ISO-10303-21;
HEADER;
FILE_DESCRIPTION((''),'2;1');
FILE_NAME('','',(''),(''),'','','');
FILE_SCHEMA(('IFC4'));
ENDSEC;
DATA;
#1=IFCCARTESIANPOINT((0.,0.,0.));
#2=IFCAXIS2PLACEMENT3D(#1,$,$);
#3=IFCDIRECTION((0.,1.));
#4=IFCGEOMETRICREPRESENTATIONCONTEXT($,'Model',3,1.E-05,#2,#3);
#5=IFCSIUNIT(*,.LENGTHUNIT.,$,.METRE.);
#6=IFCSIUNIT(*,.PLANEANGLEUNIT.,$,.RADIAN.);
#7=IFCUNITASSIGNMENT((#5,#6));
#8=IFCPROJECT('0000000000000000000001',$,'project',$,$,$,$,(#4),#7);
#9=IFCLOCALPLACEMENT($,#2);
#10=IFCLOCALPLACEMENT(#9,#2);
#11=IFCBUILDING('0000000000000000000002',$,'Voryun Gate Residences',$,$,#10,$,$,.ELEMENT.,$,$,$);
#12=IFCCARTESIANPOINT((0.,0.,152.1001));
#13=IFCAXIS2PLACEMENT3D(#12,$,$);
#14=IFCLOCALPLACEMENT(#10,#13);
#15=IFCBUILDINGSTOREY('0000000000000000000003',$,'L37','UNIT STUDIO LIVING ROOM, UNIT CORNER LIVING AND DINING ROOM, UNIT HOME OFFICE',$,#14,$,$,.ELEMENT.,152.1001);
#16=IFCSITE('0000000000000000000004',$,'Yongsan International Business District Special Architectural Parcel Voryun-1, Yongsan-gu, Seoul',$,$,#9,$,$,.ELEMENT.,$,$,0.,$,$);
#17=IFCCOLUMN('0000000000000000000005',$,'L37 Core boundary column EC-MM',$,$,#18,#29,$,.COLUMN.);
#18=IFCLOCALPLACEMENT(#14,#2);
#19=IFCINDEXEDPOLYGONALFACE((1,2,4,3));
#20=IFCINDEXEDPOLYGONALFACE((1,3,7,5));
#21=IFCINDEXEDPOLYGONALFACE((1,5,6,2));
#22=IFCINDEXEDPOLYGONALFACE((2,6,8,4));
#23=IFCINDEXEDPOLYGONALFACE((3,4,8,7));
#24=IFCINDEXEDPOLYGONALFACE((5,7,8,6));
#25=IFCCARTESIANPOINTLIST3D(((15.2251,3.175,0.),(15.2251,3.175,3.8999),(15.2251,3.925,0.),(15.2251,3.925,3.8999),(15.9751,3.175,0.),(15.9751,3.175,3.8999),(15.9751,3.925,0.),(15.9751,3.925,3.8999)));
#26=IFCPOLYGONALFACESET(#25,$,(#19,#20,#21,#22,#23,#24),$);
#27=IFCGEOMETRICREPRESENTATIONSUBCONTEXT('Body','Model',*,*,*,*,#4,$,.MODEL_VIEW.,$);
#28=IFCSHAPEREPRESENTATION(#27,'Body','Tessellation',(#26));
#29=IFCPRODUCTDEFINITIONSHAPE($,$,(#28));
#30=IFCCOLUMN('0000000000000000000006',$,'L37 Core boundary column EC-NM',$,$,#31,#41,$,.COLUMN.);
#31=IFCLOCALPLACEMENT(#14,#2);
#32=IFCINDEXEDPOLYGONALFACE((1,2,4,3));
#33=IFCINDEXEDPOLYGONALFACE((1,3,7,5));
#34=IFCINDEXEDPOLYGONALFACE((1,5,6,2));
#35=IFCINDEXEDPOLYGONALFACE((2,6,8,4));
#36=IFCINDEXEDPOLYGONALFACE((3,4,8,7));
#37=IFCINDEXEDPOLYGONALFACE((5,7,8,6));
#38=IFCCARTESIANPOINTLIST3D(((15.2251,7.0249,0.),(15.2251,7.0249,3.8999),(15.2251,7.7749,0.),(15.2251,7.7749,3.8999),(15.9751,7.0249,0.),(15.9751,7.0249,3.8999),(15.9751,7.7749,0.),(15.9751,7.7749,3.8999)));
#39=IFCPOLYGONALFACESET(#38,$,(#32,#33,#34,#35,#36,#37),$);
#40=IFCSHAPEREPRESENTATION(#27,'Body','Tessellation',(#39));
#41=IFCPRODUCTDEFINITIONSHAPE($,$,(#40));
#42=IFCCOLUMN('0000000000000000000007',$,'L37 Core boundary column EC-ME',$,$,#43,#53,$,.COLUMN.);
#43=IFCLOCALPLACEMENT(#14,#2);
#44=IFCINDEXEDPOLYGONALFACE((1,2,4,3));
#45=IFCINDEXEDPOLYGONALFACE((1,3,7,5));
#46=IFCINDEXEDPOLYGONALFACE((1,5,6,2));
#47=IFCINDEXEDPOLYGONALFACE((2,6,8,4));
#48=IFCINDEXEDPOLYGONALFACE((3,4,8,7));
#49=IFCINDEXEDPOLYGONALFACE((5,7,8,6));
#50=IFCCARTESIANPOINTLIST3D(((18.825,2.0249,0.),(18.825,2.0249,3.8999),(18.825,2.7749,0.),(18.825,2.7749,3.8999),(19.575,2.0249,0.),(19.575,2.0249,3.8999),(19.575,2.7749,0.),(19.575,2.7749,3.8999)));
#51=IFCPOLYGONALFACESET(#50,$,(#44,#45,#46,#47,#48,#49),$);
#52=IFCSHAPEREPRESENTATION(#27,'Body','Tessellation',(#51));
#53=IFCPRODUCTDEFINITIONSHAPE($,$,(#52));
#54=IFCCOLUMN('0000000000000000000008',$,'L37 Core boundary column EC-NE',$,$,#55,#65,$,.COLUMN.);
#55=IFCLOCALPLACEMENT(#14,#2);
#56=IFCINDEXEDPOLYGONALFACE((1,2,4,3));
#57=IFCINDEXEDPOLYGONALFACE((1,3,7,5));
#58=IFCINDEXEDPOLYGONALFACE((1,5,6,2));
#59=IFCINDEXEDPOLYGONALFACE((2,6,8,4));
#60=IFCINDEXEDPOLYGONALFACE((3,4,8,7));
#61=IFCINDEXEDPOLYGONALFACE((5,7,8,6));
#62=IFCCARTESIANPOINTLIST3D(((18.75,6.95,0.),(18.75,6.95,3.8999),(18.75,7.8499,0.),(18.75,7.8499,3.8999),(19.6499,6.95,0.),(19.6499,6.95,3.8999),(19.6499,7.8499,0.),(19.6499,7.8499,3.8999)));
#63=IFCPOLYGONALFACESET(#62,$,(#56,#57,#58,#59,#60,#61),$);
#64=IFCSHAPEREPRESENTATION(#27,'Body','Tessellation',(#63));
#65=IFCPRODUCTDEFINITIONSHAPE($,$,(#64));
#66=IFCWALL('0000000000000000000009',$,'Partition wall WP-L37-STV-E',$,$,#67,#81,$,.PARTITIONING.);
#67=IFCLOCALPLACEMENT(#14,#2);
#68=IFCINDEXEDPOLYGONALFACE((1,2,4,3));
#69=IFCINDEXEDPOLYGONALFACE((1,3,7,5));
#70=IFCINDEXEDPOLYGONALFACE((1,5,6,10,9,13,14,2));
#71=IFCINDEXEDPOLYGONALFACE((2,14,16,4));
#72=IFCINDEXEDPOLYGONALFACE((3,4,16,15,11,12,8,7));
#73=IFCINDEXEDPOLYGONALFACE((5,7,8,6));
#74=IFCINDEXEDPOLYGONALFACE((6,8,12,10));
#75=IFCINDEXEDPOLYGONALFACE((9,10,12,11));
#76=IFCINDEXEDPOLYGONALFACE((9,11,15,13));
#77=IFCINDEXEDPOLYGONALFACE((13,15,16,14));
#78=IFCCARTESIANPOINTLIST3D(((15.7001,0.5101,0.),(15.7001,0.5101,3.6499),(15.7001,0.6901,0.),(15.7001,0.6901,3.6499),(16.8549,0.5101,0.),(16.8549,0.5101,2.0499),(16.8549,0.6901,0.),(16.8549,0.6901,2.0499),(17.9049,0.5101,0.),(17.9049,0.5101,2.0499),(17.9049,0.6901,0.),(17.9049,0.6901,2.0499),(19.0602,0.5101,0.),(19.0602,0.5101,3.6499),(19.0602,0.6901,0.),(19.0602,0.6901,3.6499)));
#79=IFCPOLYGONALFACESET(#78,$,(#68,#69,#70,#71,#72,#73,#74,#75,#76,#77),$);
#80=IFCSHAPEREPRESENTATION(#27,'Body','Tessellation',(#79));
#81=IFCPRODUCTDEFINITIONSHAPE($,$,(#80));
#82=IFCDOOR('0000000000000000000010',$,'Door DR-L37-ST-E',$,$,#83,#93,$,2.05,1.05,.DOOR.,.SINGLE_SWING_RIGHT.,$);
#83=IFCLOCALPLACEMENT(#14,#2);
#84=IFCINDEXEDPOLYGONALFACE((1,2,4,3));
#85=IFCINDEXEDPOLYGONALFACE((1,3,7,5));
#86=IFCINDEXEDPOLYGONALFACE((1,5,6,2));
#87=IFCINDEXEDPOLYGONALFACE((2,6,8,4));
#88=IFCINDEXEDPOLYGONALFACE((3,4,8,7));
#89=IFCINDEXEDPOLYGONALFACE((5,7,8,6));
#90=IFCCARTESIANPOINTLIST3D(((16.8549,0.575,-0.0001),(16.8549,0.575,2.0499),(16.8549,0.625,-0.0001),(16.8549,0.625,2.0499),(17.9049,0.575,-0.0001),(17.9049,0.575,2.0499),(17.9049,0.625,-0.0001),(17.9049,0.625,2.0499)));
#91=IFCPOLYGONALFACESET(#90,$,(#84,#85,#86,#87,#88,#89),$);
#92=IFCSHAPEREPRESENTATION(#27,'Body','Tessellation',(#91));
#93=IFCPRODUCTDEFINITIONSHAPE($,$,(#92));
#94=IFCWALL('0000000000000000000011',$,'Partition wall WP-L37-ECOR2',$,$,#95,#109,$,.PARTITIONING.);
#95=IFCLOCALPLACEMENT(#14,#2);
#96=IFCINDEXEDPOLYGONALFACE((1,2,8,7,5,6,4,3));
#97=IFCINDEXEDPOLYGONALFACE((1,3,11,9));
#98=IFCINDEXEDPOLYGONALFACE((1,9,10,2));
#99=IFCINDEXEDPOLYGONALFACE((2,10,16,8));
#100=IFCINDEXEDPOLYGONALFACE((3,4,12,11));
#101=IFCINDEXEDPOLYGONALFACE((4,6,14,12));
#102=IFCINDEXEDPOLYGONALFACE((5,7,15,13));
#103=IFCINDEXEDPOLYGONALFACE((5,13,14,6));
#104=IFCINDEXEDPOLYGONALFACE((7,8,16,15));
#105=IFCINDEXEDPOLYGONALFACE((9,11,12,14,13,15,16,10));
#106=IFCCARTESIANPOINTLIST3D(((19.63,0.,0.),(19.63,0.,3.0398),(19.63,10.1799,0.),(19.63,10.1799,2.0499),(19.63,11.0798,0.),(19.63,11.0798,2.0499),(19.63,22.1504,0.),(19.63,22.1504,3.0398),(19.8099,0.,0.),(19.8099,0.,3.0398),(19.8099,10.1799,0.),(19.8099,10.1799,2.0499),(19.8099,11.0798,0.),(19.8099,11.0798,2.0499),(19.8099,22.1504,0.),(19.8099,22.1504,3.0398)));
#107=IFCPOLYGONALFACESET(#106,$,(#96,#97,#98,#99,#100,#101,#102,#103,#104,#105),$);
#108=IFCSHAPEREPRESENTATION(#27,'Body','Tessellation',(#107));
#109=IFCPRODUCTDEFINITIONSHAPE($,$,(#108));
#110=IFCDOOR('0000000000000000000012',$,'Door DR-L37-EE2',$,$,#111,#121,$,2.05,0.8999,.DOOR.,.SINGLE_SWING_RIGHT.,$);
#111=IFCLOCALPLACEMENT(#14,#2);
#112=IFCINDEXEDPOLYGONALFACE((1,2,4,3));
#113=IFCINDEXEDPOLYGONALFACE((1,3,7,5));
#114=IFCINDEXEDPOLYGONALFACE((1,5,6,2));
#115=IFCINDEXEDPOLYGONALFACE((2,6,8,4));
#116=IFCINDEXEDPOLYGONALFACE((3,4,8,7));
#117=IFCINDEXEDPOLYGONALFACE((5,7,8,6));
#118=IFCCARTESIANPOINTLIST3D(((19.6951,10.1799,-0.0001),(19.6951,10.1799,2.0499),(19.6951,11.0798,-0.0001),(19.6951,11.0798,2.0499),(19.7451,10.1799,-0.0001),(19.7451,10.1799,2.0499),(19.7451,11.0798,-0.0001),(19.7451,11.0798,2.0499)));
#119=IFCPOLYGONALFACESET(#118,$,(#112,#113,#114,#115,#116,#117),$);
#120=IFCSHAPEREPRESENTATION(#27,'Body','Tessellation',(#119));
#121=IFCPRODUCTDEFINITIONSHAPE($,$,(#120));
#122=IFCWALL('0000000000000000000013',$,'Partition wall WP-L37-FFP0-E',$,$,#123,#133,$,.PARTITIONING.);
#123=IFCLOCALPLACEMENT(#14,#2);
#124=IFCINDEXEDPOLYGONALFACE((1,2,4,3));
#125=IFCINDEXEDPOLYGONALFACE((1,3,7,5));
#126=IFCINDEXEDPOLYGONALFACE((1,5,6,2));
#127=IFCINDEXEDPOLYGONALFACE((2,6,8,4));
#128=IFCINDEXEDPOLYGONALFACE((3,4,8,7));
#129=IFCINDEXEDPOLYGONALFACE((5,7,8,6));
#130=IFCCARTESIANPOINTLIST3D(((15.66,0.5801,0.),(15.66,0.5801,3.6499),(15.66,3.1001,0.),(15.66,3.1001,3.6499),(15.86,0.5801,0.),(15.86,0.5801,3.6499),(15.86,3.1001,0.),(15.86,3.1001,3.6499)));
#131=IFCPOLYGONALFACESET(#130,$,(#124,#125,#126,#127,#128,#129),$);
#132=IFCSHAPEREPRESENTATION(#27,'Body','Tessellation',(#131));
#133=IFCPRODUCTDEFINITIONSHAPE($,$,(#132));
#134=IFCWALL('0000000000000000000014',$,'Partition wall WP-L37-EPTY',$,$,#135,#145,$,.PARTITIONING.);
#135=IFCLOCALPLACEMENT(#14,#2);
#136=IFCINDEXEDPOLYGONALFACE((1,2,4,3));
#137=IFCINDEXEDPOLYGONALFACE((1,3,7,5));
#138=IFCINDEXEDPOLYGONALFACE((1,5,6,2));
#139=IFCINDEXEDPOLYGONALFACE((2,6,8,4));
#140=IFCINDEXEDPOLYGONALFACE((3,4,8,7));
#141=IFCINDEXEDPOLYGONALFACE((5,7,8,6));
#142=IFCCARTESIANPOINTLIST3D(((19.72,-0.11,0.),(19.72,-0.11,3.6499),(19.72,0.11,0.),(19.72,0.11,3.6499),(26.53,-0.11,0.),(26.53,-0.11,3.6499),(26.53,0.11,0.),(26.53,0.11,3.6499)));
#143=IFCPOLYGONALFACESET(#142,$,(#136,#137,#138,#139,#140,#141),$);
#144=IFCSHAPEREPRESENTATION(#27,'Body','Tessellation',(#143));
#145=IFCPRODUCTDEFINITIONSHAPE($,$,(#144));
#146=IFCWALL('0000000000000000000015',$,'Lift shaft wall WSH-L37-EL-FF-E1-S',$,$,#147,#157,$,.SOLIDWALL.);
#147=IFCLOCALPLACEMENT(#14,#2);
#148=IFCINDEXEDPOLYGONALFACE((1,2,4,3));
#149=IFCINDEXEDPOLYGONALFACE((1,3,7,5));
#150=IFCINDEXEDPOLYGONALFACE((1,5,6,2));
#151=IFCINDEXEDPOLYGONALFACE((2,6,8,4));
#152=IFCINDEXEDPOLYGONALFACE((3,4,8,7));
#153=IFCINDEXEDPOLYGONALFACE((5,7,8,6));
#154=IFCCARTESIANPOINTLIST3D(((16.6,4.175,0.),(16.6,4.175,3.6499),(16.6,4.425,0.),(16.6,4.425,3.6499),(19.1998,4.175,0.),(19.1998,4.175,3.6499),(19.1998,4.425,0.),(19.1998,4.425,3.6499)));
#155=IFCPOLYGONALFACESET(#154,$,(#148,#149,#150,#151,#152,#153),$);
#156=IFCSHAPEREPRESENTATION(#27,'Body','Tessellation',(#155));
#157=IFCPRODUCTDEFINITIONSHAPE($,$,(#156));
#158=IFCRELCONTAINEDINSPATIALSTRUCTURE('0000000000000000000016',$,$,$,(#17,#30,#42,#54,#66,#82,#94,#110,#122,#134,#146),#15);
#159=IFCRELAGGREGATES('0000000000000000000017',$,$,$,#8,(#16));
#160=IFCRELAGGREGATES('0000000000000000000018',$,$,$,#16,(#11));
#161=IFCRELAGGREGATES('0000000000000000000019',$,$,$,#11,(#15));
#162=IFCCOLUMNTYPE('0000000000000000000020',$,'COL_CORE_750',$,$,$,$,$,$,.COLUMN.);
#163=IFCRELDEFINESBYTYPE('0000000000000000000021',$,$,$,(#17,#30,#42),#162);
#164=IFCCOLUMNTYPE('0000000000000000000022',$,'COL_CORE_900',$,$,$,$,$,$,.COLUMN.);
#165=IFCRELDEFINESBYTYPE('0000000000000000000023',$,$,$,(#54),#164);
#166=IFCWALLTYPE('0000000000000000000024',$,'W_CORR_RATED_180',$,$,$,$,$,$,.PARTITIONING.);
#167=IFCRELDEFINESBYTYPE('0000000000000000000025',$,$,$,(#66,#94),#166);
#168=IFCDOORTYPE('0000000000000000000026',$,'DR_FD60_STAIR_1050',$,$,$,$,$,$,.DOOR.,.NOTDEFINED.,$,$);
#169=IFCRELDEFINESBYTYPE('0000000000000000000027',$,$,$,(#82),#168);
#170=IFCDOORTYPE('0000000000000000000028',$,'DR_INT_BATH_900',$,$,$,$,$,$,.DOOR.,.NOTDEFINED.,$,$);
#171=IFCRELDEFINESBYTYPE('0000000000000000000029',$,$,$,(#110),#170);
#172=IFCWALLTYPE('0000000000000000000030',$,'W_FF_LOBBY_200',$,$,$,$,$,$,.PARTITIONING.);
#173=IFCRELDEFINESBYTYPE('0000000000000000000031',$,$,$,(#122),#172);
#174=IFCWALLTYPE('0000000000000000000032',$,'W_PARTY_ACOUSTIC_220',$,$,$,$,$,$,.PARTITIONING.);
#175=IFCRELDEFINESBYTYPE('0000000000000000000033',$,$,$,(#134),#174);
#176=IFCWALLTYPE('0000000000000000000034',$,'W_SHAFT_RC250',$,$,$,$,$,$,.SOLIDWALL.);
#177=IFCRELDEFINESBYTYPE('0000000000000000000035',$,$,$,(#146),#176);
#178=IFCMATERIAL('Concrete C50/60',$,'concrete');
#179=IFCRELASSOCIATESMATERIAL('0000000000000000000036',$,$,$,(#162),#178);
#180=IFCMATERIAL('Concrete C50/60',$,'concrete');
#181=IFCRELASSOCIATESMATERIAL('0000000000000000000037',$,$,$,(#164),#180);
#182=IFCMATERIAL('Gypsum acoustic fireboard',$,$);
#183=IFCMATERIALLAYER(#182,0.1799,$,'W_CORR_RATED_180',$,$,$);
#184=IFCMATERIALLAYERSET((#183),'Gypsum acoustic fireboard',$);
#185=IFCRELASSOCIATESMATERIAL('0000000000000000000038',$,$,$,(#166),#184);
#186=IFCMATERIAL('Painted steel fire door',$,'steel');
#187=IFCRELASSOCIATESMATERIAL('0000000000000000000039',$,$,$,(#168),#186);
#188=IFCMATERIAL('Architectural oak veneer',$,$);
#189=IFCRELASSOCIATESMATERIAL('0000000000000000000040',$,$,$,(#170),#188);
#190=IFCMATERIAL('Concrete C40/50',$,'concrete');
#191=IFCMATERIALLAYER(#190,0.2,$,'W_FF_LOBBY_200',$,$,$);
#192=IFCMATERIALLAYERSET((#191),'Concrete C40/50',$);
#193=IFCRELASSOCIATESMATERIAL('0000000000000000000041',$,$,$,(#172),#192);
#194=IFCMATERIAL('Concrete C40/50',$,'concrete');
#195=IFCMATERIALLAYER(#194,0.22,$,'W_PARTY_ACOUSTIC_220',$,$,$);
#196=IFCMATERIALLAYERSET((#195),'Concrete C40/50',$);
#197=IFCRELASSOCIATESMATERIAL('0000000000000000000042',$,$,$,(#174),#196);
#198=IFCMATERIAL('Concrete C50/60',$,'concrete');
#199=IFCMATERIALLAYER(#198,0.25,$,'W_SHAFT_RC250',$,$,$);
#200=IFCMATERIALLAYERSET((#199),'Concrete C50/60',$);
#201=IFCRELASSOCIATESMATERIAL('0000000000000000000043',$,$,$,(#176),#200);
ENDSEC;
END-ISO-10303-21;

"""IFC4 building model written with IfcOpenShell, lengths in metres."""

from ifc_helpers import new_model, si_unit, direction, frame, frame_2d, origin, origin_2d, place, context, subcontext, project, spatial, rectangle, extrude, material, layer, layer_set, material_profile, profile_set, type_object, element, fill, save


model = new_model("IFC4")

# Units and contexts
model_context = context("Model", 3, precision=1e-05, world=origin(), true_north=direction((0.0, 1.0)))
body_context = subcontext(model_context, "Body", "Model", "MODEL_VIEW")
ifc_project = project(units=[si_unit("LENGTHUNIT", "METRE"), si_unit("PLANEANGLEUNIT", "RADIAN")], contexts=[model_context])

# Site, building, storey
site_placement = place(None, origin())
site = spatial("IfcSite", under=ifc_project, at=site_placement, Name="Yongsan International Business District Special Architectural Parcel Voryun-1, Yongsan-gu, Seoul", CompositionType="ELEMENT", RefElevation=0.0)
building_placement = place(site_placement, origin())
building = spatial("IfcBuilding", under=site, at=building_placement, Name="Voryun Gate Residences", CompositionType="ELEMENT")
storey_placement = place(building_placement, frame((0.0, 0.0, 152.1001)))
storey = spatial("IfcBuildingStorey", under=building, at=storey_placement, Name="L37", Description="UNIT STUDIO LIVING ROOM, UNIT CORNER LIVING AND DINING ROOM, UNIT HOME OFFICE", CompositionType="ELEMENT", Elevation=152.1001)

# Columns
ifc_material_1 = material(Name="Concrete C50/60", Category="concrete")
ifc_material_profile_1 = material_profile(ifc_material_1, rectangle(XDim=0.75, YDim=0.75, at=origin_2d()), Name="RC-750x750")
ifc_profile_set_1 = profile_set([ifc_material_profile_1], Name="Concrete C50/60")
column_type_1 = type_object("IfcColumnType", Name="COL_CORE_750", PredefinedType="COLUMN", material=ifc_profile_set_1)
for number, where, z_axis, x_axis, name in (
    (1, (15.6001, 3.55, 0.0), (0.0, 0.0, 1.0), (1.0, 0.0, 0.0), "L37 Core boundary column EC-MM"),
    (2, (15.6001, 7.3999, 0.0), (0.0, 0.0, 1.0), (1.0, 0.0, 0.0), "L37 Core boundary column EC-NM"),
    (3, (19.2, 2.3999, 0.0), (0.0, 0.0, 1.0), (1.0, 0.0, 0.0), "L37 Core boundary column EC-ME"),
):
    element("IfcColumn", number, at=place(storey_placement, frame(where, z_axis=z_axis, x_axis=x_axis)), inside=storey, type_object=column_type_1, Name=name, PredefinedType="COLUMN", context=body_context, shape_type="SweptSolid", body=[
        extrude(rectangle(XDim=0.75, YDim=0.75, at=origin_2d()), origin(), (0.0, 0.0, 1.0), 3.8999),
    ])
ifc_material_2 = material(Name="Concrete C50/60", Category="concrete")
ifc_material_profile_2 = material_profile(ifc_material_2, rectangle(XDim=0.8999, YDim=0.8999, at=origin_2d()), Name="RC-900x900")
ifc_profile_set_2 = profile_set([ifc_material_profile_2], Name="Concrete C50/60")
column_type_2 = type_object("IfcColumnType", Name="COL_CORE_900", PredefinedType="COLUMN", material=ifc_profile_set_2)
column_placement = place(storey_placement, frame((19.2, 7.3999, 0.0), z_axis=(0.0, 0.0, 1.0), x_axis=(1.0, 0.0, 0.0)))
element("IfcColumn", 4, at=column_placement, inside=storey, type_object=column_type_2, Name="L37 Core boundary column EC-NE", PredefinedType="COLUMN", context=body_context, shape_type="SweptSolid", body=[
    extrude(rectangle(XDim=0.8999, YDim=0.8999, at=origin_2d()), origin(), (0.0, 0.0, 1.0), 3.8999),
])

# Walls, openings, doors
ifc_material_3 = material(Name="Gypsum acoustic fireboard")
ifc_layer_1 = layer(ifc_material_3, 0.1799, Name="W_CORR_RATED_180")
ifc_layer_set_1 = layer_set([ifc_layer_1], Name="Gypsum acoustic fireboard")
wall_type_1 = type_object("IfcWallType", Name="W_CORR_RATED_180", PredefinedType="PARTITIONING", material=ifc_layer_set_1)
wall_1_placement = place(storey_placement, frame((15.7, 0.6001, 0.0), z_axis=(0.0, 0.0, 1.0), x_axis=(1.0, 0.0, 0.0)))
wall_1 = element("IfcWall", 5, at=wall_1_placement, inside=storey, type_object=wall_type_1, Name="Partition wall WP-L37-STV-E", PredefinedType="PARTITIONING", context=body_context, shape_type="SweptSolid", body=[
    extrude(rectangle(XDim=3.3601, YDim=0.1799, at=frame_2d((1.6802, 0.0))), origin(), (0.0, 0.0, 1.0), 3.6499),
])
opening_1_placement = place(wall_1_placement, frame((1.155, 0.0, 0.0)))
opening_1 = element("IfcOpeningElement", 6, at=opening_1_placement, cuts=wall_1, PredefinedType="OPENING", context=body_context, shape_type="SweptSolid", body=[
    extrude(rectangle(XDim=1.05, YDim=2.05, at=frame_2d((0.5249, 1.0249))), frame((0.0, 0.0999, 0.0), z_axis=(0.0, -1.0, 0.0), x_axis=(1.0, 0.0, 0.0)), (0.0, 0.0, 1.0), 0.2),
])
ifc_material_4 = material(Name="Painted steel fire door", Category="steel")
door_type_1 = type_object("IfcDoorType", Name="DR_FD60_STAIR_1050", OperationType="NOTDEFINED", PredefinedType="DOOR", material=ifc_material_4)
door_1_placement = place(opening_1_placement, origin())
door_1 = element("IfcDoor", 7, at=door_1_placement, inside=storey, type_object=door_type_1, Name="Door DR-L37-ST-E", OperationType="SINGLE_SWING_RIGHT", OverallHeight=2.05, OverallWidth=1.05, PredefinedType="DOOR", context=body_context, shape_type="SweptSolid", body=[
    extrude(rectangle(XDim=1.05, YDim=2.05, at=frame_2d((0.5249, 1.0249))), frame((0.0, 0.0249, 0.0), z_axis=(0.0, -1.0, 0.0), x_axis=(1.0, 0.0, 0.0)), (0.0, 0.0, 1.0), 0.05),
])
fill(opening_1, door_1)
wall_2_placement = place(storey_placement, frame((19.72, 0.0, 0.0), z_axis=(0.0, 0.0, 1.0), x_axis=(0.0, 1.0, 0.0)))
wall_2 = element("IfcWall", 8, at=wall_2_placement, inside=storey, type_object=wall_type_1, Name="Partition wall WP-L37-ECOR2", PredefinedType="PARTITIONING", context=body_context, shape_type="SweptSolid", body=[
    extrude(rectangle(XDim=22.1504, YDim=0.1799, at=frame_2d((11.0752, 0.0))), origin(), (0.0, 0.0, 1.0), 3.0398),
])
opening_2_placement = place(wall_2_placement, frame((10.1799, 0.0, 0.0)))
opening_2 = element("IfcOpeningElement", 9, at=opening_2_placement, cuts=wall_2, PredefinedType="OPENING", context=body_context, shape_type="SweptSolid", body=[
    extrude(rectangle(XDim=0.8999, YDim=2.05, at=frame_2d((0.45, 1.0249))), frame((0.0, 0.0999, 0.0), z_axis=(0.0, -1.0, 0.0), x_axis=(1.0, 0.0, 0.0)), (0.0, 0.0, 1.0), 0.2),
])
ifc_material_5 = material(Name="Architectural oak veneer")
door_type_2 = type_object("IfcDoorType", Name="DR_INT_BATH_900", OperationType="NOTDEFINED", PredefinedType="DOOR", material=ifc_material_5)
door_2_placement = place(opening_2_placement, origin())
door_2 = element("IfcDoor", 10, at=door_2_placement, inside=storey, type_object=door_type_2, Name="Door DR-L37-EE2", OperationType="SINGLE_SWING_RIGHT", OverallHeight=2.05, OverallWidth=0.8999, PredefinedType="DOOR", context=body_context, shape_type="SweptSolid", body=[
    extrude(rectangle(XDim=0.8999, YDim=2.05, at=frame_2d((0.45, 1.0249))), frame((0.0, 0.0249, 0.0), z_axis=(0.0, -1.0, 0.0), x_axis=(1.0, 0.0, 0.0)), (0.0, 0.0, 1.0), 0.05),
])
fill(opening_2, door_2)

# Walls
ifc_material_6 = material(Name="Concrete C40/50", Category="concrete")
ifc_layer_2 = layer(ifc_material_6, 0.2, Name="W_FF_LOBBY_200")
ifc_layer_set_2 = layer_set([ifc_layer_2], Name="Concrete C40/50")
wall_type_2 = type_object("IfcWallType", Name="W_FF_LOBBY_200", PredefinedType="PARTITIONING", material=ifc_layer_set_2)
wall_3_placement = place(storey_placement, frame((15.76, 0.5801, 0.0), z_axis=(0.0, 0.0, 1.0), x_axis=(0.0, 1.0, 0.0)))
element("IfcWall", 11, at=wall_3_placement, inside=storey, type_object=wall_type_2, Name="Partition wall WP-L37-FFP0-E", PredefinedType="PARTITIONING", context=body_context, shape_type="SweptSolid", body=[
    extrude(rectangle(XDim=2.52, YDim=0.2, at=frame_2d((1.26, 0.0))), origin(), (0.0, 0.0, 1.0), 3.6499),
])
ifc_material_7 = material(Name="Concrete C40/50", Category="concrete")
ifc_layer_3 = layer(ifc_material_7, 0.22, Name="W_PARTY_ACOUSTIC_220")
ifc_layer_set_3 = layer_set([ifc_layer_3], Name="Concrete C40/50")
wall_type_3 = type_object("IfcWallType", Name="W_PARTY_ACOUSTIC_220", PredefinedType="PARTITIONING", material=ifc_layer_set_3)
wall_4_placement = place(storey_placement, frame((19.72, 0.0, 0.0), z_axis=(0.0, 0.0, 1.0), x_axis=(1.0, 0.0, 0.0)))
element("IfcWall", 12, at=wall_4_placement, inside=storey, type_object=wall_type_3, Name="Partition wall WP-L37-EPTY", PredefinedType="PARTITIONING", context=body_context, shape_type="SweptSolid", body=[
    extrude(rectangle(XDim=6.8101, YDim=0.22, at=frame_2d((3.405, 0.0))), origin(), (0.0, 0.0, 1.0), 3.6499),
])
ifc_material_8 = material(Name="Concrete C50/60", Category="concrete")
ifc_layer_4 = layer(ifc_material_8, 0.25, Name="W_SHAFT_RC250")
ifc_layer_set_4 = layer_set([ifc_layer_4], Name="Concrete C50/60")
wall_type_4 = type_object("IfcWallType", Name="W_SHAFT_RC250", PredefinedType="SOLIDWALL", material=ifc_layer_set_4)
wall_5_placement = place(storey_placement, frame((16.6001, 4.3, 0.0), z_axis=(0.0, 0.0, 1.0), x_axis=(1.0, 0.0, 0.0)))
element("IfcWall", 13, at=wall_5_placement, inside=storey, type_object=wall_type_4, Name="Lift shaft wall WSH-L37-EL-FF-E1-S", PredefinedType="SOLIDWALL", context=body_context, shape_type="SweptSolid", body=[
    extrude(rectangle(XDim=2.5999, YDim=0.25, at=frame_2d((1.2998, 0.0))), origin(), (0.0, 0.0, 1.0), 3.6499),
])

save(model, "model.ifc")
